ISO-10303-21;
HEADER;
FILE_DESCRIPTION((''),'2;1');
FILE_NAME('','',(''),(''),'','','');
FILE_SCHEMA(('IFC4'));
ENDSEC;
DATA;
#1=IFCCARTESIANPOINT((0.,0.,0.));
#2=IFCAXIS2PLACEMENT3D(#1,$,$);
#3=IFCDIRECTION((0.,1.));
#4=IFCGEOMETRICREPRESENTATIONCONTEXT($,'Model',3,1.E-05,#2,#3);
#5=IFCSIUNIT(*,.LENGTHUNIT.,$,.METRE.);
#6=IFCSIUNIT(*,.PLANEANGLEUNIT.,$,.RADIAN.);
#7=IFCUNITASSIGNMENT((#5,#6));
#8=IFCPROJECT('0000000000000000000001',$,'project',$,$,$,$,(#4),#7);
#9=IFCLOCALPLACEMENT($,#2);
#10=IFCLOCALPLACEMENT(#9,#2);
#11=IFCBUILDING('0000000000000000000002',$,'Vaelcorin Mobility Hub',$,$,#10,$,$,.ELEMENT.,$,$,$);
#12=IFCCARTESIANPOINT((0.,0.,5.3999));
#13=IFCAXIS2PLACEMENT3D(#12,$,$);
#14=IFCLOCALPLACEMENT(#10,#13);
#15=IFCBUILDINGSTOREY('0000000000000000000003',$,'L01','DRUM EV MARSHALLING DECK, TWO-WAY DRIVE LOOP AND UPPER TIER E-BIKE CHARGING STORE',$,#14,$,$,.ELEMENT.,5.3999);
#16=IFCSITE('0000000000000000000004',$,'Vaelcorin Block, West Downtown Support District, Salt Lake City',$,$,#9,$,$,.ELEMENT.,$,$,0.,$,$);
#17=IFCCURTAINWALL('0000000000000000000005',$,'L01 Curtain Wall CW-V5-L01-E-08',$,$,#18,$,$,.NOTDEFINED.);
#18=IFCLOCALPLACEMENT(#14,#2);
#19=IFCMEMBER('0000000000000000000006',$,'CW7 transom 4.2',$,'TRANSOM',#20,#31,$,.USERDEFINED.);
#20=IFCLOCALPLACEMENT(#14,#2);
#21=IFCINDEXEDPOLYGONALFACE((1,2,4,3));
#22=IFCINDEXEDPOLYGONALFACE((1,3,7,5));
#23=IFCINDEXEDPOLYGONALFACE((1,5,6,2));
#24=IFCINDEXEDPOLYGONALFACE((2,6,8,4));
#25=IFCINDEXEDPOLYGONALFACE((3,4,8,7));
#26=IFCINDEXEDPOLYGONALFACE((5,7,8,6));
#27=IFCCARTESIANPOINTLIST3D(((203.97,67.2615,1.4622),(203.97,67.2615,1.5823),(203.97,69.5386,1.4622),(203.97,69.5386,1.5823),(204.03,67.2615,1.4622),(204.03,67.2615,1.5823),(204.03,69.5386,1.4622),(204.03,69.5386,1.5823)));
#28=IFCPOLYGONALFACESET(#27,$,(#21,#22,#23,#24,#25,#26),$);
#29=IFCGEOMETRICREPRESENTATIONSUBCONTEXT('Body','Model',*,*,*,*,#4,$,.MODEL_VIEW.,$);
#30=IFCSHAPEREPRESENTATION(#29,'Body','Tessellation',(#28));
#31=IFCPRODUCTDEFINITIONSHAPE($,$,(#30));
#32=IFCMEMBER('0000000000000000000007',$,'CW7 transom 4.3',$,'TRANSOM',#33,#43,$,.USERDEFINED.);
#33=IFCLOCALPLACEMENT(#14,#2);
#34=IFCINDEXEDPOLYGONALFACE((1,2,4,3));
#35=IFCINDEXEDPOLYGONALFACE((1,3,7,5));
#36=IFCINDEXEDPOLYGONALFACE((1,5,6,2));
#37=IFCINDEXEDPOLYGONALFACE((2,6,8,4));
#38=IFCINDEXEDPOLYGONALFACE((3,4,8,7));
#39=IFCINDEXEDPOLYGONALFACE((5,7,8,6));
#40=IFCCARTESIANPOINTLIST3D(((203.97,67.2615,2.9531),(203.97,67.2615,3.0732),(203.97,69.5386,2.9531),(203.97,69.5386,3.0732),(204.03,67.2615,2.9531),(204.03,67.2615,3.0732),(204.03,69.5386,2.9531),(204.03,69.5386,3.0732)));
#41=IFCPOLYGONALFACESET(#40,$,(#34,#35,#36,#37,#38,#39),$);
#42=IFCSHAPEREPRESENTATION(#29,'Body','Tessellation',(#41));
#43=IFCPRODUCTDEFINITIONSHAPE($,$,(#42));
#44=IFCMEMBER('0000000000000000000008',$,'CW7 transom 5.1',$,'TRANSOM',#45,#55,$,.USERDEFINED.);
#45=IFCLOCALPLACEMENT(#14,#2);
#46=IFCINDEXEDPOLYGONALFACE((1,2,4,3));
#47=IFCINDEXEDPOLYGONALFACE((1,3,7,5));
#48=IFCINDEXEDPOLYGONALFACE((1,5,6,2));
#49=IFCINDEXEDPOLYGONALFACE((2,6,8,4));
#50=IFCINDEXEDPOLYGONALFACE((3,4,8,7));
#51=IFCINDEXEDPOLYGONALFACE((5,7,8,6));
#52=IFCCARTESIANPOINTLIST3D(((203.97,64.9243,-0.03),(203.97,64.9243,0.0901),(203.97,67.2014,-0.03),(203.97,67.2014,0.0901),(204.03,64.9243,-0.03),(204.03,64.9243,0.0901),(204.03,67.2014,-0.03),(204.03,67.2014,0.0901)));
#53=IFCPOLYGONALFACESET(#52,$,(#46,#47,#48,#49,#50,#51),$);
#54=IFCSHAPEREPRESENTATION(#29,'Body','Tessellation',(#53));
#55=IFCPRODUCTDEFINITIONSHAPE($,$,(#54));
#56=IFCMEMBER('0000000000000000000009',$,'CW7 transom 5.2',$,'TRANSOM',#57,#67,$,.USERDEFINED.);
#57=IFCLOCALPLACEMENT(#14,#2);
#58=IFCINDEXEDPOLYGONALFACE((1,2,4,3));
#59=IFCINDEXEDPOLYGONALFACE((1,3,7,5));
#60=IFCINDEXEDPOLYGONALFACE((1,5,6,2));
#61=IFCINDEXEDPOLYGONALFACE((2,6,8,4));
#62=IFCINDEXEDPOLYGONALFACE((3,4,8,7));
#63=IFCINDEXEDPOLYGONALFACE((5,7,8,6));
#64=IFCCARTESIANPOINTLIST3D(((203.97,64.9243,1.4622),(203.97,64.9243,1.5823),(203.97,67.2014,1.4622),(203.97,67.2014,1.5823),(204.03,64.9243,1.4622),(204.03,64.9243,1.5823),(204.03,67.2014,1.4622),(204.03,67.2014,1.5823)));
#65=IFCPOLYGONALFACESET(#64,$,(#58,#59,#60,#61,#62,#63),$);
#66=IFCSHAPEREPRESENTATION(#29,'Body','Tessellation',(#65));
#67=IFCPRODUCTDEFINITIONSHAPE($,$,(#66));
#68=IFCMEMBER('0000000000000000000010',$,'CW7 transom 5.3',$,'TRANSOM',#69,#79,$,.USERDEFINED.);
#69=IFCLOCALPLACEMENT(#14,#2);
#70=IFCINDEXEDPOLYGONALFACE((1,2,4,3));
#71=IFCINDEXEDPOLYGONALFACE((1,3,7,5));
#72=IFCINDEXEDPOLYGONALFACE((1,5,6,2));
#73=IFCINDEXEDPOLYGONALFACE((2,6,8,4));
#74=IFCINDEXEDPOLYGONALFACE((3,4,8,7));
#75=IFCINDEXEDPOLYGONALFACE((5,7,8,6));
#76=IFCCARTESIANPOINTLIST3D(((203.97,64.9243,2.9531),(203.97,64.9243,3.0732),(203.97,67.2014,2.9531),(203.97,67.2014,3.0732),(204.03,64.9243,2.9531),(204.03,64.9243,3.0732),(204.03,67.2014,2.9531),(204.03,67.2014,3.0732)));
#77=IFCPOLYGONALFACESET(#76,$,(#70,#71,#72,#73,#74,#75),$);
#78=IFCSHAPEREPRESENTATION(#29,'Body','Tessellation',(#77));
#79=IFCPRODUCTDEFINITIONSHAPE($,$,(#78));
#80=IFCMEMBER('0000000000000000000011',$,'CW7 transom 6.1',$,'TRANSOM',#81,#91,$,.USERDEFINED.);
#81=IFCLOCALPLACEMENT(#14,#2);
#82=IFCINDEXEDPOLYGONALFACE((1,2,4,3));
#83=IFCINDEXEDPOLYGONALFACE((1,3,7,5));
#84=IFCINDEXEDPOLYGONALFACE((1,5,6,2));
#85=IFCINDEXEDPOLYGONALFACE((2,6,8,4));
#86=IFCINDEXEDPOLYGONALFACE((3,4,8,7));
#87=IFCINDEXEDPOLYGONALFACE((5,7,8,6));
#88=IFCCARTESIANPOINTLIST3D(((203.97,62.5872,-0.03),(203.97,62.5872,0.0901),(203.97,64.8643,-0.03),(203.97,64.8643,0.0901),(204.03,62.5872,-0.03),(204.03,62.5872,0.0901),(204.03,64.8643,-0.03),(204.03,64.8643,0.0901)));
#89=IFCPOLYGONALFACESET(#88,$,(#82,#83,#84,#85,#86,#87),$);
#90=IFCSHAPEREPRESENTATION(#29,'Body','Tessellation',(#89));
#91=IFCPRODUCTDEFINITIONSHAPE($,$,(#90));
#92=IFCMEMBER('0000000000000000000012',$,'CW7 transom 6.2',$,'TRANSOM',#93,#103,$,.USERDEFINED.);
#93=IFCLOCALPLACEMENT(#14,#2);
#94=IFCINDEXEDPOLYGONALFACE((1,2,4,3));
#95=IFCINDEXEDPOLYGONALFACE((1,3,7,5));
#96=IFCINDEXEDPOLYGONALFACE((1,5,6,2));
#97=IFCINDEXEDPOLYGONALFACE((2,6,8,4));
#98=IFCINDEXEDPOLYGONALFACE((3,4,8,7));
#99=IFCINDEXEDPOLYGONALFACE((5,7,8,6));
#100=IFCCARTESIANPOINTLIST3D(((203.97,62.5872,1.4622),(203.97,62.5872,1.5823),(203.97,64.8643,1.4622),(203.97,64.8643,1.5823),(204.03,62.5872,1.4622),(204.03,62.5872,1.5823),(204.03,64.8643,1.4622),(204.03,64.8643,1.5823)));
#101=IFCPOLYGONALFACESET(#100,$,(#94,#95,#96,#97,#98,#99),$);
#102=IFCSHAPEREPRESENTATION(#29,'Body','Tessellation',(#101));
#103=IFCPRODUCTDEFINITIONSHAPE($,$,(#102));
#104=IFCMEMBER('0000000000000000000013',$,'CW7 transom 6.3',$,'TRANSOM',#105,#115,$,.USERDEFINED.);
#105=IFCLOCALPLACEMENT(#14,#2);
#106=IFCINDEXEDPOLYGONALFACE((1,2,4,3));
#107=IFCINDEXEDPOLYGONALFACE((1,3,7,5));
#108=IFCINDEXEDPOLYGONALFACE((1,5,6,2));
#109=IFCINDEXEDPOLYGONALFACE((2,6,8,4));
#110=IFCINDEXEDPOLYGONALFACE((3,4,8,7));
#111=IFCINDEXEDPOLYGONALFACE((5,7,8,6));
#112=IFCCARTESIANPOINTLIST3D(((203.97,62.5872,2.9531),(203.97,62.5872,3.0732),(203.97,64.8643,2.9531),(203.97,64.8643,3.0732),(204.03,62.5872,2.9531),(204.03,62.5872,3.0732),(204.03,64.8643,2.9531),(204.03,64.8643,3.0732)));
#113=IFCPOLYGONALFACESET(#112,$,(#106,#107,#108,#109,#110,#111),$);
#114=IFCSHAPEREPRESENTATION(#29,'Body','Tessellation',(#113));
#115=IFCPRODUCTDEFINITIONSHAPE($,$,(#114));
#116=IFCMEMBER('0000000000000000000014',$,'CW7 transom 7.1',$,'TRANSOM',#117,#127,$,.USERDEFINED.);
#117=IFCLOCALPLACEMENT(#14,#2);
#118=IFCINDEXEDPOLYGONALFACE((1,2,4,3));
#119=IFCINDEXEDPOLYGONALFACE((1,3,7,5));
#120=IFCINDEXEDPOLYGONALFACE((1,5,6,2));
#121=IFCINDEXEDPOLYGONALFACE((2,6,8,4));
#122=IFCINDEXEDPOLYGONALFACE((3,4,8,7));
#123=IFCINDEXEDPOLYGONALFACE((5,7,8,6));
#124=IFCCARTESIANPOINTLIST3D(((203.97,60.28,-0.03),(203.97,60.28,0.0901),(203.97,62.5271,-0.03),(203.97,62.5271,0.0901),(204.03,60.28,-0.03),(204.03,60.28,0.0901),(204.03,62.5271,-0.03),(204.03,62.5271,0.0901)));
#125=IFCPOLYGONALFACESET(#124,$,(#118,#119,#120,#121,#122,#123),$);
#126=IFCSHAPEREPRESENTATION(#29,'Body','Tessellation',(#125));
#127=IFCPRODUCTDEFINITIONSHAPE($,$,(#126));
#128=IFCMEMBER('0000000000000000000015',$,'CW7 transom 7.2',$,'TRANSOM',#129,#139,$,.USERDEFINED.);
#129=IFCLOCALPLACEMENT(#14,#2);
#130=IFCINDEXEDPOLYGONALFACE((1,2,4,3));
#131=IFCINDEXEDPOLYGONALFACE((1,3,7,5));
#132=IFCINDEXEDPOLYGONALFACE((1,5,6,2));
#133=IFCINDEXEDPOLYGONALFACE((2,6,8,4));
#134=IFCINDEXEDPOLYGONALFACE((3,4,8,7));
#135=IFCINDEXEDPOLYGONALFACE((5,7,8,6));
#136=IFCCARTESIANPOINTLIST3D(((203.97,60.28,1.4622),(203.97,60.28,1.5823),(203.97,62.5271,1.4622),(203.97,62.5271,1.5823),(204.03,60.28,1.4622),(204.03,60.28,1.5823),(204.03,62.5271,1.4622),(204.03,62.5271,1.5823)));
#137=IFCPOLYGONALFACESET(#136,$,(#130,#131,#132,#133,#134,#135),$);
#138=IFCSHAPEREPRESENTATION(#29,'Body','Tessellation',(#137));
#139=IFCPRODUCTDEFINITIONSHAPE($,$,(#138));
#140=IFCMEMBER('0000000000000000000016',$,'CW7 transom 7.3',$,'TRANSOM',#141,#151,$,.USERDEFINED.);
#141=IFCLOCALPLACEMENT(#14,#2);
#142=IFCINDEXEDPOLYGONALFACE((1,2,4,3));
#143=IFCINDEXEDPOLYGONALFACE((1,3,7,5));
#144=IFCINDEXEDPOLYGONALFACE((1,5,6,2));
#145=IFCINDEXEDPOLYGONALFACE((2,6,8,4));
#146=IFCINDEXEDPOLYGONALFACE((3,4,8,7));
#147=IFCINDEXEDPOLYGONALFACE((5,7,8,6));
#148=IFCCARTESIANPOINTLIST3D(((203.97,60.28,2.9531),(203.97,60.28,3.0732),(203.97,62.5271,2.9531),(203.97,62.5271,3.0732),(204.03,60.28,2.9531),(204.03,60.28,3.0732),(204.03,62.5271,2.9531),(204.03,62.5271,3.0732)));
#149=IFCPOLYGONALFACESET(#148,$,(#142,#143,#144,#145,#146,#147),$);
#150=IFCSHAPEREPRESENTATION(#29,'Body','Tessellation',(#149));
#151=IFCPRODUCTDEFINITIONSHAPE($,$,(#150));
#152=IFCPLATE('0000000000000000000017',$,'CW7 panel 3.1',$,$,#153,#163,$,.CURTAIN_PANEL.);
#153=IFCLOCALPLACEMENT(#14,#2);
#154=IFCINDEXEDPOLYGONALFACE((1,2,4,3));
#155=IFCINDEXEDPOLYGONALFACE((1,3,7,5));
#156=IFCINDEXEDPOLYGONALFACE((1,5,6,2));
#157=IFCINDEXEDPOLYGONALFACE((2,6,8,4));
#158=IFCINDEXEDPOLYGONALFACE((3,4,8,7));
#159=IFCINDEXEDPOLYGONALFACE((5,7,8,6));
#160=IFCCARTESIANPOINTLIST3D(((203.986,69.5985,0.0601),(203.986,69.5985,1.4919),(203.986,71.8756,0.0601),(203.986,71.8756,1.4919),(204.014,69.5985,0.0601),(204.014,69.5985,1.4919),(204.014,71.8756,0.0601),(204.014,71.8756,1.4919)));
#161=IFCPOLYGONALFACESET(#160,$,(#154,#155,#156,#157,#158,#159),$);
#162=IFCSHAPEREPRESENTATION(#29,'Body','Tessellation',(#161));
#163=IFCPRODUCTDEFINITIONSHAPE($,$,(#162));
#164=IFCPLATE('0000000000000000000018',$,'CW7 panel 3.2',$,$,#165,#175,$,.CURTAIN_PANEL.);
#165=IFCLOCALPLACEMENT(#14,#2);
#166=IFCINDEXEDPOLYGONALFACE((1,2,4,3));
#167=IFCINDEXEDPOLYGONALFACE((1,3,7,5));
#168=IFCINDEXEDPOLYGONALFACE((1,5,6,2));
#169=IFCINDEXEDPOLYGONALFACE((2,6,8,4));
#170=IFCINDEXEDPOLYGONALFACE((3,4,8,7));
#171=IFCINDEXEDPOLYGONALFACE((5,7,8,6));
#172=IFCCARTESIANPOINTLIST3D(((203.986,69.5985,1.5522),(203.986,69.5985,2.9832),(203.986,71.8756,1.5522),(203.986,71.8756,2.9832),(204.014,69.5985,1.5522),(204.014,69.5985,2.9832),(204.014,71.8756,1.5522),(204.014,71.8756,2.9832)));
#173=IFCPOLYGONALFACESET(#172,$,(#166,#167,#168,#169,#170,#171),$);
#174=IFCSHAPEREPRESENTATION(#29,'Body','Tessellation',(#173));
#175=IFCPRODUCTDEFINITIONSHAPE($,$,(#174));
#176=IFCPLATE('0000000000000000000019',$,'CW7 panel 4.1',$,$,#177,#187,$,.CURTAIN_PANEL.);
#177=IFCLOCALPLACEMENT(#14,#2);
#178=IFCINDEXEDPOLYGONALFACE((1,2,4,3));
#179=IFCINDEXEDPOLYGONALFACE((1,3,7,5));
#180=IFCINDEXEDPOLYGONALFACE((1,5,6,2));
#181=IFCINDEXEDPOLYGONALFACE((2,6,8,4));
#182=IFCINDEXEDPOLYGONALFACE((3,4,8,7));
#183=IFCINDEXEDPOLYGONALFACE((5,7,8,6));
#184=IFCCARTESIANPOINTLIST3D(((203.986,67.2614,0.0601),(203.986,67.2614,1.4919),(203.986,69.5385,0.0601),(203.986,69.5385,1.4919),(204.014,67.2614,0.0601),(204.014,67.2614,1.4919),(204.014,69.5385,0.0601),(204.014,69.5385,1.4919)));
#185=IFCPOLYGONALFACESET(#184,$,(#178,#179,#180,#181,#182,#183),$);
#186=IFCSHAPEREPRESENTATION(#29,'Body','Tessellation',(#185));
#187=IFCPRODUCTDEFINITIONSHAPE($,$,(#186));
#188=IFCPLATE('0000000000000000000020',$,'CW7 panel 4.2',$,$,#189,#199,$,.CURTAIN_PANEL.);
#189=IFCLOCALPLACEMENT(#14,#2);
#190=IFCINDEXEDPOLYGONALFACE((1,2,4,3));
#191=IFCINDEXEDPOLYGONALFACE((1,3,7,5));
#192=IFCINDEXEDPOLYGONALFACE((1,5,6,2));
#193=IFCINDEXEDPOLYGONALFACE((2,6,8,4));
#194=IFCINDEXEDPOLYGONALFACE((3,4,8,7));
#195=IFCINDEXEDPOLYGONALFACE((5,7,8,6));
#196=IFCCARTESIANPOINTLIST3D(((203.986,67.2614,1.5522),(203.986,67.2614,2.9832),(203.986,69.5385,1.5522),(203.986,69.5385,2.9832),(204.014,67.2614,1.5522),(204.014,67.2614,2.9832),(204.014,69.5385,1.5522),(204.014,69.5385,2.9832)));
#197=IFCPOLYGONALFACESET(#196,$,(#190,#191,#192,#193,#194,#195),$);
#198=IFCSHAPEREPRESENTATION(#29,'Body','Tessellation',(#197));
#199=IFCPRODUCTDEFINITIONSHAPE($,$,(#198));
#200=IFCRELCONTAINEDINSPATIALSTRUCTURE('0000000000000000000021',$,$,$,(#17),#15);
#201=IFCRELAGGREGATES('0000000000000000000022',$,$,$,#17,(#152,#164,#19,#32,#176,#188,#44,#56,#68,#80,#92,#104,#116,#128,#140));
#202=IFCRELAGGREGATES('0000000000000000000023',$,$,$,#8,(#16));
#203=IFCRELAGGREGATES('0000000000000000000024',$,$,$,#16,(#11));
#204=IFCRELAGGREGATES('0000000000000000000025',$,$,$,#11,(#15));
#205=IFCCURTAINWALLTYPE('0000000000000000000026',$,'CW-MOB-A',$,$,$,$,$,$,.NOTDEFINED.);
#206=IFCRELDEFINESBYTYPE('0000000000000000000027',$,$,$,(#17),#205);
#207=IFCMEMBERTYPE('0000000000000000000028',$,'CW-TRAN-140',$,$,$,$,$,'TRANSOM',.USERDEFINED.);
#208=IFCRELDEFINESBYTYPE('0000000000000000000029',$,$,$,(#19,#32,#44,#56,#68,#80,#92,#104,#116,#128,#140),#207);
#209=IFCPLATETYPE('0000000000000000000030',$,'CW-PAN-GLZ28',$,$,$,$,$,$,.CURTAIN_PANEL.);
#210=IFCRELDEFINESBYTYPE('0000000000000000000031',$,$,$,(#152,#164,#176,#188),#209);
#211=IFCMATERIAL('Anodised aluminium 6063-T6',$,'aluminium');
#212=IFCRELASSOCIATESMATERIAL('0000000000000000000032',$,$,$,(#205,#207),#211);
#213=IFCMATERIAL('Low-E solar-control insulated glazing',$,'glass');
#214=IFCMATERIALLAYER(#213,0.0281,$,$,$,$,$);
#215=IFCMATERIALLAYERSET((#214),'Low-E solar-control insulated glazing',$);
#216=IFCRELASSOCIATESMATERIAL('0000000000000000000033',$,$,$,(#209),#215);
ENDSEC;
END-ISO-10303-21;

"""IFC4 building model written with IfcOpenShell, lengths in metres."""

from ifc_helpers import new_model, si_unit, direction, frame, origin, origin_2d, place, context, subcontext, project, spatial, rectangle, extrude, material, layer, layer_set, material_profile, profile_set, type_object, element, aggregate, save


model = new_model("IFC4")

# Units and contexts
model_context = context("Model", 3, precision=1e-05, world=origin(), true_north=direction((0.0, 1.0)))
body_context = subcontext(model_context, "Body", "Model", "MODEL_VIEW")
ifc_project = project(units=[si_unit("LENGTHUNIT", "METRE"), si_unit("PLANEANGLEUNIT", "RADIAN")], contexts=[model_context])

# Site, building, storey
site_placement = place(None, origin())
site = spatial("IfcSite", under=ifc_project, at=site_placement, Name="Vaelcorin Block, West Downtown Support District, Salt Lake City", CompositionType="ELEMENT", RefElevation=0.0)
building_placement = place(site_placement, origin())
building = spatial("IfcBuilding", under=site, at=building_placement, Name="Vaelcorin Mobility Hub", CompositionType="ELEMENT")
storey_placement = place(building_placement, frame((0.0, 0.0, 5.3999)))
storey = spatial("IfcBuildingStorey", under=building, at=storey_placement, Name="L01", Description="DRUM EV MARSHALLING DECK, TWO-WAY DRIVE LOOP AND UPPER TIER E-BIKE CHARGING STORE", CompositionType="ELEMENT", Elevation=5.3999)

# Curtain wall, members, plates
ifc_material_1 = material(Name="Anodised aluminium 6063-T6", Category="aluminium")
curtain_wall_type = type_object("IfcCurtainWallType", Name="CW-MOB-A", PredefinedType="NOTDEFINED", material=ifc_material_1)
curtain_wall_placement = place(storey_placement, origin())
curtain_wall = element("IfcCurtainWall", 1, at=curtain_wall_placement, inside=storey, type_object=curtain_wall_type, Name="L01 Curtain Wall CW-V5-L01-E-08", PredefinedType="NOTDEFINED")
ifc_material_profile_1 = material_profile(ifc_material_1, rectangle(XDim=0.0601, YDim=0.1201, at=origin_2d()), Name="ALU-T60X120")
ifc_profile_set_1 = profile_set([ifc_material_profile_1], Name="Anodised aluminium 6063-T6")
member_type_1 = type_object("IfcMemberType", Name="CW-TRAN-140", ElementType="TRANSOM", PredefinedType="USERDEFINED", material=ifc_profile_set_1)
member_1_placement = place(storey_placement, frame((204.0, 69.5386, 1.5222), z_axis=(0.0, -1.0, 0.0), x_axis=(1.0, 0.0, 0.0)))
member_1 = element("IfcMember", 2, at=member_1_placement, type_object=member_type_1, Name="CW7 transom 4.2", ObjectType="TRANSOM", PredefinedType="USERDEFINED", context=body_context, shape_type="SweptSolid", body=[
    extrude(rectangle(XDim=0.0601, YDim=0.1201, at=origin_2d()), origin(), (0.0, 0.0, 1.0), 2.2771),
])
member_2_placement = place(storey_placement, frame((204.0, 69.5386, 3.0132), z_axis=(0.0, -1.0, 0.0), x_axis=(1.0, 0.0, 0.0)))
member_2 = element("IfcMember", 3, at=member_2_placement, type_object=member_type_1, Name="CW7 transom 4.3", ObjectType="TRANSOM", PredefinedType="USERDEFINED", context=body_context, shape_type="SweptSolid", body=[
    extrude(rectangle(XDim=0.0601, YDim=0.1201, at=origin_2d()), origin(), (0.0, 0.0, 1.0), 2.2771),
])
member_3_placement = place(storey_placement, frame((204.0, 67.2014, 0.03), z_axis=(0.0, -1.0, 0.0), x_axis=(1.0, 0.0, 0.0)))
member_3 = element("IfcMember", 4, at=member_3_placement, type_object=member_type_1, Name="CW7 transom 5.1", ObjectType="TRANSOM", PredefinedType="USERDEFINED", context=body_context, shape_type="SweptSolid", body=[
    extrude(rectangle(XDim=0.0601, YDim=0.1201, at=origin_2d()), origin(), (0.0, 0.0, 1.0), 2.2771),
])
member_4_placement = place(storey_placement, frame((204.0, 67.2014, 1.5222), z_axis=(0.0, -1.0, 0.0), x_axis=(1.0, 0.0, 0.0)))
member_4 = element("IfcMember", 5, at=member_4_placement, type_object=member_type_1, Name="CW7 transom 5.2", ObjectType="TRANSOM", PredefinedType="USERDEFINED", context=body_context, shape_type="SweptSolid", body=[
    extrude(rectangle(XDim=0.0601, YDim=0.1201, at=origin_2d()), origin(), (0.0, 0.0, 1.0), 2.2771),
])
member_5_placement = place(storey_placement, frame((204.0, 67.2014, 3.0132), z_axis=(0.0, -1.0, 0.0), x_axis=(1.0, 0.0, 0.0)))
member_5 = element("IfcMember", 6, at=member_5_placement, type_object=member_type_1, Name="CW7 transom 5.3", ObjectType="TRANSOM", PredefinedType="USERDEFINED", context=body_context, shape_type="SweptSolid", body=[
    extrude(rectangle(XDim=0.0601, YDim=0.1201, at=origin_2d()), origin(), (0.0, 0.0, 1.0), 2.2771),
])
member_6_placement = place(storey_placement, frame((204.0, 64.8643, 0.03), z_axis=(0.0, -1.0, 0.0), x_axis=(1.0, 0.0, 0.0)))
member_6 = element("IfcMember", 7, at=member_6_placement, type_object=member_type_1, Name="CW7 transom 6.1", ObjectType="TRANSOM", PredefinedType="USERDEFINED", context=body_context, shape_type="SweptSolid", body=[
    extrude(rectangle(XDim=0.0601, YDim=0.1201, at=origin_2d()), origin(), (0.0, 0.0, 1.0), 2.2771),
])
member_7_placement = place(storey_placement, frame((204.0, 64.8643, 1.5222), z_axis=(0.0, -1.0, 0.0), x_axis=(1.0, 0.0, 0.0)))
member_7 = element("IfcMember", 8, at=member_7_placement, type_object=member_type_1, Name="CW7 transom 6.2", ObjectType="TRANSOM", PredefinedType="USERDEFINED", context=body_context, shape_type="SweptSolid", body=[
    extrude(rectangle(XDim=0.0601, YDim=0.1201, at=origin_2d()), origin(), (0.0, 0.0, 1.0), 2.2771),
])
member_8_placement = place(storey_placement, frame((204.0, 64.8643, 3.0132), z_axis=(0.0, -1.0, 0.0), x_axis=(1.0, 0.0, 0.0)))
member_8 = element("IfcMember", 9, at=member_8_placement, type_object=member_type_1, Name="CW7 transom 6.3", ObjectType="TRANSOM", PredefinedType="USERDEFINED", context=body_context, shape_type="SweptSolid", body=[
    extrude(rectangle(XDim=0.0601, YDim=0.1201, at=origin_2d()), origin(), (0.0, 0.0, 1.0), 2.2771),
])
member_9_placement = place(storey_placement, frame((204.0, 62.5271, 0.03), z_axis=(0.0, -1.0, 0.0), x_axis=(1.0, 0.0, 0.0)))
member_9 = element("IfcMember", 10, at=member_9_placement, type_object=member_type_1, Name="CW7 transom 7.1", ObjectType="TRANSOM", PredefinedType="USERDEFINED", context=body_context, shape_type="SweptSolid", body=[
    extrude(rectangle(XDim=0.0601, YDim=0.1201, at=origin_2d()), origin(), (0.0, 0.0, 1.0), 2.2471),
])
member_10_placement = place(storey_placement, frame((204.0, 62.5271, 1.5222), z_axis=(0.0, -1.0, 0.0), x_axis=(1.0, 0.0, 0.0)))
member_10 = element("IfcMember", 11, at=member_10_placement, type_object=member_type_1, Name="CW7 transom 7.2", ObjectType="TRANSOM", PredefinedType="USERDEFINED", context=body_context, shape_type="SweptSolid", body=[
    extrude(rectangle(XDim=0.0601, YDim=0.1201, at=origin_2d()), origin(), (0.0, 0.0, 1.0), 2.2471),
])
member_11_placement = place(storey_placement, frame((204.0, 62.5271, 3.0132), z_axis=(0.0, -1.0, 0.0), x_axis=(1.0, 0.0, 0.0)))
member_11 = element("IfcMember", 12, at=member_11_placement, type_object=member_type_1, Name="CW7 transom 7.3", ObjectType="TRANSOM", PredefinedType="USERDEFINED", context=body_context, shape_type="SweptSolid", body=[
    extrude(rectangle(XDim=0.0601, YDim=0.1201, at=origin_2d()), origin(), (0.0, 0.0, 1.0), 2.2471),
])
ifc_material_2 = material(Name="Low-E solar-control insulated glazing", Category="glass")
ifc_layer_1 = layer(ifc_material_2, 0.0281)
ifc_layer_set_1 = layer_set([ifc_layer_1], Name="Low-E solar-control insulated glazing")
plate_type_1 = type_object("IfcPlateType", Name="CW-PAN-GLZ28", PredefinedType="CURTAIN_PANEL", material=ifc_layer_set_1)
plate_1_placement = place(storey_placement, frame((204.0, 70.7371, 0.0601), z_axis=(0.0, 0.0, 1.0), x_axis=(0.0, -1.0, 0.0)))
plate_1 = element("IfcPlate", 13, at=plate_1_placement, type_object=plate_type_1, Name="CW7 panel 3.1", PredefinedType="CURTAIN_PANEL", context=body_context, shape_type="SweptSolid", body=[
    extrude(rectangle(XDim=2.2771, YDim=0.0281, at=origin_2d()), origin(), (0.0, 0.0, 1.0), 1.4319),
])
plate_2_placement = place(storey_placement, frame((204.0, 70.7371, 1.5522), z_axis=(0.0, 0.0, 1.0), x_axis=(0.0, -1.0, 0.0)))
plate_2 = element("IfcPlate", 14, at=plate_2_placement, type_object=plate_type_1, Name="CW7 panel 3.2", PredefinedType="CURTAIN_PANEL", context=body_context, shape_type="SweptSolid", body=[
    extrude(rectangle(XDim=2.2771, YDim=0.0281, at=origin_2d()), origin(), (0.0, 0.0, 1.0), 1.4309),
])
plate_3_placement = place(storey_placement, frame((204.0, 68.3999, 0.0601), z_axis=(0.0, 0.0, 1.0), x_axis=(0.0, -1.0, 0.0)))
plate_3 = element("IfcPlate", 15, at=plate_3_placement, type_object=plate_type_1, Name="CW7 panel 4.1", PredefinedType="CURTAIN_PANEL", context=body_context, shape_type="SweptSolid", body=[
    extrude(rectangle(XDim=2.2771, YDim=0.0281, at=origin_2d()), origin(), (0.0, 0.0, 1.0), 1.4319),
])
plate_4_placement = place(storey_placement, frame((204.0, 68.3999, 1.5522), z_axis=(0.0, 0.0, 1.0), x_axis=(0.0, -1.0, 0.0)))
plate_4 = element("IfcPlate", 16, at=plate_4_placement, type_object=plate_type_1, Name="CW7 panel 4.2", PredefinedType="CURTAIN_PANEL", context=body_context, shape_type="SweptSolid", body=[
    extrude(rectangle(XDim=2.2771, YDim=0.0281, at=origin_2d()), origin(), (0.0, 0.0, 1.0), 1.4309),
])
aggregate(curtain_wall, [plate_1, plate_2, member_1, member_2, plate_3, plate_4, member_3, member_4, member_5, member_6, member_7, member_8, member_9, member_10, member_11])

save(model, "model.ifc")
